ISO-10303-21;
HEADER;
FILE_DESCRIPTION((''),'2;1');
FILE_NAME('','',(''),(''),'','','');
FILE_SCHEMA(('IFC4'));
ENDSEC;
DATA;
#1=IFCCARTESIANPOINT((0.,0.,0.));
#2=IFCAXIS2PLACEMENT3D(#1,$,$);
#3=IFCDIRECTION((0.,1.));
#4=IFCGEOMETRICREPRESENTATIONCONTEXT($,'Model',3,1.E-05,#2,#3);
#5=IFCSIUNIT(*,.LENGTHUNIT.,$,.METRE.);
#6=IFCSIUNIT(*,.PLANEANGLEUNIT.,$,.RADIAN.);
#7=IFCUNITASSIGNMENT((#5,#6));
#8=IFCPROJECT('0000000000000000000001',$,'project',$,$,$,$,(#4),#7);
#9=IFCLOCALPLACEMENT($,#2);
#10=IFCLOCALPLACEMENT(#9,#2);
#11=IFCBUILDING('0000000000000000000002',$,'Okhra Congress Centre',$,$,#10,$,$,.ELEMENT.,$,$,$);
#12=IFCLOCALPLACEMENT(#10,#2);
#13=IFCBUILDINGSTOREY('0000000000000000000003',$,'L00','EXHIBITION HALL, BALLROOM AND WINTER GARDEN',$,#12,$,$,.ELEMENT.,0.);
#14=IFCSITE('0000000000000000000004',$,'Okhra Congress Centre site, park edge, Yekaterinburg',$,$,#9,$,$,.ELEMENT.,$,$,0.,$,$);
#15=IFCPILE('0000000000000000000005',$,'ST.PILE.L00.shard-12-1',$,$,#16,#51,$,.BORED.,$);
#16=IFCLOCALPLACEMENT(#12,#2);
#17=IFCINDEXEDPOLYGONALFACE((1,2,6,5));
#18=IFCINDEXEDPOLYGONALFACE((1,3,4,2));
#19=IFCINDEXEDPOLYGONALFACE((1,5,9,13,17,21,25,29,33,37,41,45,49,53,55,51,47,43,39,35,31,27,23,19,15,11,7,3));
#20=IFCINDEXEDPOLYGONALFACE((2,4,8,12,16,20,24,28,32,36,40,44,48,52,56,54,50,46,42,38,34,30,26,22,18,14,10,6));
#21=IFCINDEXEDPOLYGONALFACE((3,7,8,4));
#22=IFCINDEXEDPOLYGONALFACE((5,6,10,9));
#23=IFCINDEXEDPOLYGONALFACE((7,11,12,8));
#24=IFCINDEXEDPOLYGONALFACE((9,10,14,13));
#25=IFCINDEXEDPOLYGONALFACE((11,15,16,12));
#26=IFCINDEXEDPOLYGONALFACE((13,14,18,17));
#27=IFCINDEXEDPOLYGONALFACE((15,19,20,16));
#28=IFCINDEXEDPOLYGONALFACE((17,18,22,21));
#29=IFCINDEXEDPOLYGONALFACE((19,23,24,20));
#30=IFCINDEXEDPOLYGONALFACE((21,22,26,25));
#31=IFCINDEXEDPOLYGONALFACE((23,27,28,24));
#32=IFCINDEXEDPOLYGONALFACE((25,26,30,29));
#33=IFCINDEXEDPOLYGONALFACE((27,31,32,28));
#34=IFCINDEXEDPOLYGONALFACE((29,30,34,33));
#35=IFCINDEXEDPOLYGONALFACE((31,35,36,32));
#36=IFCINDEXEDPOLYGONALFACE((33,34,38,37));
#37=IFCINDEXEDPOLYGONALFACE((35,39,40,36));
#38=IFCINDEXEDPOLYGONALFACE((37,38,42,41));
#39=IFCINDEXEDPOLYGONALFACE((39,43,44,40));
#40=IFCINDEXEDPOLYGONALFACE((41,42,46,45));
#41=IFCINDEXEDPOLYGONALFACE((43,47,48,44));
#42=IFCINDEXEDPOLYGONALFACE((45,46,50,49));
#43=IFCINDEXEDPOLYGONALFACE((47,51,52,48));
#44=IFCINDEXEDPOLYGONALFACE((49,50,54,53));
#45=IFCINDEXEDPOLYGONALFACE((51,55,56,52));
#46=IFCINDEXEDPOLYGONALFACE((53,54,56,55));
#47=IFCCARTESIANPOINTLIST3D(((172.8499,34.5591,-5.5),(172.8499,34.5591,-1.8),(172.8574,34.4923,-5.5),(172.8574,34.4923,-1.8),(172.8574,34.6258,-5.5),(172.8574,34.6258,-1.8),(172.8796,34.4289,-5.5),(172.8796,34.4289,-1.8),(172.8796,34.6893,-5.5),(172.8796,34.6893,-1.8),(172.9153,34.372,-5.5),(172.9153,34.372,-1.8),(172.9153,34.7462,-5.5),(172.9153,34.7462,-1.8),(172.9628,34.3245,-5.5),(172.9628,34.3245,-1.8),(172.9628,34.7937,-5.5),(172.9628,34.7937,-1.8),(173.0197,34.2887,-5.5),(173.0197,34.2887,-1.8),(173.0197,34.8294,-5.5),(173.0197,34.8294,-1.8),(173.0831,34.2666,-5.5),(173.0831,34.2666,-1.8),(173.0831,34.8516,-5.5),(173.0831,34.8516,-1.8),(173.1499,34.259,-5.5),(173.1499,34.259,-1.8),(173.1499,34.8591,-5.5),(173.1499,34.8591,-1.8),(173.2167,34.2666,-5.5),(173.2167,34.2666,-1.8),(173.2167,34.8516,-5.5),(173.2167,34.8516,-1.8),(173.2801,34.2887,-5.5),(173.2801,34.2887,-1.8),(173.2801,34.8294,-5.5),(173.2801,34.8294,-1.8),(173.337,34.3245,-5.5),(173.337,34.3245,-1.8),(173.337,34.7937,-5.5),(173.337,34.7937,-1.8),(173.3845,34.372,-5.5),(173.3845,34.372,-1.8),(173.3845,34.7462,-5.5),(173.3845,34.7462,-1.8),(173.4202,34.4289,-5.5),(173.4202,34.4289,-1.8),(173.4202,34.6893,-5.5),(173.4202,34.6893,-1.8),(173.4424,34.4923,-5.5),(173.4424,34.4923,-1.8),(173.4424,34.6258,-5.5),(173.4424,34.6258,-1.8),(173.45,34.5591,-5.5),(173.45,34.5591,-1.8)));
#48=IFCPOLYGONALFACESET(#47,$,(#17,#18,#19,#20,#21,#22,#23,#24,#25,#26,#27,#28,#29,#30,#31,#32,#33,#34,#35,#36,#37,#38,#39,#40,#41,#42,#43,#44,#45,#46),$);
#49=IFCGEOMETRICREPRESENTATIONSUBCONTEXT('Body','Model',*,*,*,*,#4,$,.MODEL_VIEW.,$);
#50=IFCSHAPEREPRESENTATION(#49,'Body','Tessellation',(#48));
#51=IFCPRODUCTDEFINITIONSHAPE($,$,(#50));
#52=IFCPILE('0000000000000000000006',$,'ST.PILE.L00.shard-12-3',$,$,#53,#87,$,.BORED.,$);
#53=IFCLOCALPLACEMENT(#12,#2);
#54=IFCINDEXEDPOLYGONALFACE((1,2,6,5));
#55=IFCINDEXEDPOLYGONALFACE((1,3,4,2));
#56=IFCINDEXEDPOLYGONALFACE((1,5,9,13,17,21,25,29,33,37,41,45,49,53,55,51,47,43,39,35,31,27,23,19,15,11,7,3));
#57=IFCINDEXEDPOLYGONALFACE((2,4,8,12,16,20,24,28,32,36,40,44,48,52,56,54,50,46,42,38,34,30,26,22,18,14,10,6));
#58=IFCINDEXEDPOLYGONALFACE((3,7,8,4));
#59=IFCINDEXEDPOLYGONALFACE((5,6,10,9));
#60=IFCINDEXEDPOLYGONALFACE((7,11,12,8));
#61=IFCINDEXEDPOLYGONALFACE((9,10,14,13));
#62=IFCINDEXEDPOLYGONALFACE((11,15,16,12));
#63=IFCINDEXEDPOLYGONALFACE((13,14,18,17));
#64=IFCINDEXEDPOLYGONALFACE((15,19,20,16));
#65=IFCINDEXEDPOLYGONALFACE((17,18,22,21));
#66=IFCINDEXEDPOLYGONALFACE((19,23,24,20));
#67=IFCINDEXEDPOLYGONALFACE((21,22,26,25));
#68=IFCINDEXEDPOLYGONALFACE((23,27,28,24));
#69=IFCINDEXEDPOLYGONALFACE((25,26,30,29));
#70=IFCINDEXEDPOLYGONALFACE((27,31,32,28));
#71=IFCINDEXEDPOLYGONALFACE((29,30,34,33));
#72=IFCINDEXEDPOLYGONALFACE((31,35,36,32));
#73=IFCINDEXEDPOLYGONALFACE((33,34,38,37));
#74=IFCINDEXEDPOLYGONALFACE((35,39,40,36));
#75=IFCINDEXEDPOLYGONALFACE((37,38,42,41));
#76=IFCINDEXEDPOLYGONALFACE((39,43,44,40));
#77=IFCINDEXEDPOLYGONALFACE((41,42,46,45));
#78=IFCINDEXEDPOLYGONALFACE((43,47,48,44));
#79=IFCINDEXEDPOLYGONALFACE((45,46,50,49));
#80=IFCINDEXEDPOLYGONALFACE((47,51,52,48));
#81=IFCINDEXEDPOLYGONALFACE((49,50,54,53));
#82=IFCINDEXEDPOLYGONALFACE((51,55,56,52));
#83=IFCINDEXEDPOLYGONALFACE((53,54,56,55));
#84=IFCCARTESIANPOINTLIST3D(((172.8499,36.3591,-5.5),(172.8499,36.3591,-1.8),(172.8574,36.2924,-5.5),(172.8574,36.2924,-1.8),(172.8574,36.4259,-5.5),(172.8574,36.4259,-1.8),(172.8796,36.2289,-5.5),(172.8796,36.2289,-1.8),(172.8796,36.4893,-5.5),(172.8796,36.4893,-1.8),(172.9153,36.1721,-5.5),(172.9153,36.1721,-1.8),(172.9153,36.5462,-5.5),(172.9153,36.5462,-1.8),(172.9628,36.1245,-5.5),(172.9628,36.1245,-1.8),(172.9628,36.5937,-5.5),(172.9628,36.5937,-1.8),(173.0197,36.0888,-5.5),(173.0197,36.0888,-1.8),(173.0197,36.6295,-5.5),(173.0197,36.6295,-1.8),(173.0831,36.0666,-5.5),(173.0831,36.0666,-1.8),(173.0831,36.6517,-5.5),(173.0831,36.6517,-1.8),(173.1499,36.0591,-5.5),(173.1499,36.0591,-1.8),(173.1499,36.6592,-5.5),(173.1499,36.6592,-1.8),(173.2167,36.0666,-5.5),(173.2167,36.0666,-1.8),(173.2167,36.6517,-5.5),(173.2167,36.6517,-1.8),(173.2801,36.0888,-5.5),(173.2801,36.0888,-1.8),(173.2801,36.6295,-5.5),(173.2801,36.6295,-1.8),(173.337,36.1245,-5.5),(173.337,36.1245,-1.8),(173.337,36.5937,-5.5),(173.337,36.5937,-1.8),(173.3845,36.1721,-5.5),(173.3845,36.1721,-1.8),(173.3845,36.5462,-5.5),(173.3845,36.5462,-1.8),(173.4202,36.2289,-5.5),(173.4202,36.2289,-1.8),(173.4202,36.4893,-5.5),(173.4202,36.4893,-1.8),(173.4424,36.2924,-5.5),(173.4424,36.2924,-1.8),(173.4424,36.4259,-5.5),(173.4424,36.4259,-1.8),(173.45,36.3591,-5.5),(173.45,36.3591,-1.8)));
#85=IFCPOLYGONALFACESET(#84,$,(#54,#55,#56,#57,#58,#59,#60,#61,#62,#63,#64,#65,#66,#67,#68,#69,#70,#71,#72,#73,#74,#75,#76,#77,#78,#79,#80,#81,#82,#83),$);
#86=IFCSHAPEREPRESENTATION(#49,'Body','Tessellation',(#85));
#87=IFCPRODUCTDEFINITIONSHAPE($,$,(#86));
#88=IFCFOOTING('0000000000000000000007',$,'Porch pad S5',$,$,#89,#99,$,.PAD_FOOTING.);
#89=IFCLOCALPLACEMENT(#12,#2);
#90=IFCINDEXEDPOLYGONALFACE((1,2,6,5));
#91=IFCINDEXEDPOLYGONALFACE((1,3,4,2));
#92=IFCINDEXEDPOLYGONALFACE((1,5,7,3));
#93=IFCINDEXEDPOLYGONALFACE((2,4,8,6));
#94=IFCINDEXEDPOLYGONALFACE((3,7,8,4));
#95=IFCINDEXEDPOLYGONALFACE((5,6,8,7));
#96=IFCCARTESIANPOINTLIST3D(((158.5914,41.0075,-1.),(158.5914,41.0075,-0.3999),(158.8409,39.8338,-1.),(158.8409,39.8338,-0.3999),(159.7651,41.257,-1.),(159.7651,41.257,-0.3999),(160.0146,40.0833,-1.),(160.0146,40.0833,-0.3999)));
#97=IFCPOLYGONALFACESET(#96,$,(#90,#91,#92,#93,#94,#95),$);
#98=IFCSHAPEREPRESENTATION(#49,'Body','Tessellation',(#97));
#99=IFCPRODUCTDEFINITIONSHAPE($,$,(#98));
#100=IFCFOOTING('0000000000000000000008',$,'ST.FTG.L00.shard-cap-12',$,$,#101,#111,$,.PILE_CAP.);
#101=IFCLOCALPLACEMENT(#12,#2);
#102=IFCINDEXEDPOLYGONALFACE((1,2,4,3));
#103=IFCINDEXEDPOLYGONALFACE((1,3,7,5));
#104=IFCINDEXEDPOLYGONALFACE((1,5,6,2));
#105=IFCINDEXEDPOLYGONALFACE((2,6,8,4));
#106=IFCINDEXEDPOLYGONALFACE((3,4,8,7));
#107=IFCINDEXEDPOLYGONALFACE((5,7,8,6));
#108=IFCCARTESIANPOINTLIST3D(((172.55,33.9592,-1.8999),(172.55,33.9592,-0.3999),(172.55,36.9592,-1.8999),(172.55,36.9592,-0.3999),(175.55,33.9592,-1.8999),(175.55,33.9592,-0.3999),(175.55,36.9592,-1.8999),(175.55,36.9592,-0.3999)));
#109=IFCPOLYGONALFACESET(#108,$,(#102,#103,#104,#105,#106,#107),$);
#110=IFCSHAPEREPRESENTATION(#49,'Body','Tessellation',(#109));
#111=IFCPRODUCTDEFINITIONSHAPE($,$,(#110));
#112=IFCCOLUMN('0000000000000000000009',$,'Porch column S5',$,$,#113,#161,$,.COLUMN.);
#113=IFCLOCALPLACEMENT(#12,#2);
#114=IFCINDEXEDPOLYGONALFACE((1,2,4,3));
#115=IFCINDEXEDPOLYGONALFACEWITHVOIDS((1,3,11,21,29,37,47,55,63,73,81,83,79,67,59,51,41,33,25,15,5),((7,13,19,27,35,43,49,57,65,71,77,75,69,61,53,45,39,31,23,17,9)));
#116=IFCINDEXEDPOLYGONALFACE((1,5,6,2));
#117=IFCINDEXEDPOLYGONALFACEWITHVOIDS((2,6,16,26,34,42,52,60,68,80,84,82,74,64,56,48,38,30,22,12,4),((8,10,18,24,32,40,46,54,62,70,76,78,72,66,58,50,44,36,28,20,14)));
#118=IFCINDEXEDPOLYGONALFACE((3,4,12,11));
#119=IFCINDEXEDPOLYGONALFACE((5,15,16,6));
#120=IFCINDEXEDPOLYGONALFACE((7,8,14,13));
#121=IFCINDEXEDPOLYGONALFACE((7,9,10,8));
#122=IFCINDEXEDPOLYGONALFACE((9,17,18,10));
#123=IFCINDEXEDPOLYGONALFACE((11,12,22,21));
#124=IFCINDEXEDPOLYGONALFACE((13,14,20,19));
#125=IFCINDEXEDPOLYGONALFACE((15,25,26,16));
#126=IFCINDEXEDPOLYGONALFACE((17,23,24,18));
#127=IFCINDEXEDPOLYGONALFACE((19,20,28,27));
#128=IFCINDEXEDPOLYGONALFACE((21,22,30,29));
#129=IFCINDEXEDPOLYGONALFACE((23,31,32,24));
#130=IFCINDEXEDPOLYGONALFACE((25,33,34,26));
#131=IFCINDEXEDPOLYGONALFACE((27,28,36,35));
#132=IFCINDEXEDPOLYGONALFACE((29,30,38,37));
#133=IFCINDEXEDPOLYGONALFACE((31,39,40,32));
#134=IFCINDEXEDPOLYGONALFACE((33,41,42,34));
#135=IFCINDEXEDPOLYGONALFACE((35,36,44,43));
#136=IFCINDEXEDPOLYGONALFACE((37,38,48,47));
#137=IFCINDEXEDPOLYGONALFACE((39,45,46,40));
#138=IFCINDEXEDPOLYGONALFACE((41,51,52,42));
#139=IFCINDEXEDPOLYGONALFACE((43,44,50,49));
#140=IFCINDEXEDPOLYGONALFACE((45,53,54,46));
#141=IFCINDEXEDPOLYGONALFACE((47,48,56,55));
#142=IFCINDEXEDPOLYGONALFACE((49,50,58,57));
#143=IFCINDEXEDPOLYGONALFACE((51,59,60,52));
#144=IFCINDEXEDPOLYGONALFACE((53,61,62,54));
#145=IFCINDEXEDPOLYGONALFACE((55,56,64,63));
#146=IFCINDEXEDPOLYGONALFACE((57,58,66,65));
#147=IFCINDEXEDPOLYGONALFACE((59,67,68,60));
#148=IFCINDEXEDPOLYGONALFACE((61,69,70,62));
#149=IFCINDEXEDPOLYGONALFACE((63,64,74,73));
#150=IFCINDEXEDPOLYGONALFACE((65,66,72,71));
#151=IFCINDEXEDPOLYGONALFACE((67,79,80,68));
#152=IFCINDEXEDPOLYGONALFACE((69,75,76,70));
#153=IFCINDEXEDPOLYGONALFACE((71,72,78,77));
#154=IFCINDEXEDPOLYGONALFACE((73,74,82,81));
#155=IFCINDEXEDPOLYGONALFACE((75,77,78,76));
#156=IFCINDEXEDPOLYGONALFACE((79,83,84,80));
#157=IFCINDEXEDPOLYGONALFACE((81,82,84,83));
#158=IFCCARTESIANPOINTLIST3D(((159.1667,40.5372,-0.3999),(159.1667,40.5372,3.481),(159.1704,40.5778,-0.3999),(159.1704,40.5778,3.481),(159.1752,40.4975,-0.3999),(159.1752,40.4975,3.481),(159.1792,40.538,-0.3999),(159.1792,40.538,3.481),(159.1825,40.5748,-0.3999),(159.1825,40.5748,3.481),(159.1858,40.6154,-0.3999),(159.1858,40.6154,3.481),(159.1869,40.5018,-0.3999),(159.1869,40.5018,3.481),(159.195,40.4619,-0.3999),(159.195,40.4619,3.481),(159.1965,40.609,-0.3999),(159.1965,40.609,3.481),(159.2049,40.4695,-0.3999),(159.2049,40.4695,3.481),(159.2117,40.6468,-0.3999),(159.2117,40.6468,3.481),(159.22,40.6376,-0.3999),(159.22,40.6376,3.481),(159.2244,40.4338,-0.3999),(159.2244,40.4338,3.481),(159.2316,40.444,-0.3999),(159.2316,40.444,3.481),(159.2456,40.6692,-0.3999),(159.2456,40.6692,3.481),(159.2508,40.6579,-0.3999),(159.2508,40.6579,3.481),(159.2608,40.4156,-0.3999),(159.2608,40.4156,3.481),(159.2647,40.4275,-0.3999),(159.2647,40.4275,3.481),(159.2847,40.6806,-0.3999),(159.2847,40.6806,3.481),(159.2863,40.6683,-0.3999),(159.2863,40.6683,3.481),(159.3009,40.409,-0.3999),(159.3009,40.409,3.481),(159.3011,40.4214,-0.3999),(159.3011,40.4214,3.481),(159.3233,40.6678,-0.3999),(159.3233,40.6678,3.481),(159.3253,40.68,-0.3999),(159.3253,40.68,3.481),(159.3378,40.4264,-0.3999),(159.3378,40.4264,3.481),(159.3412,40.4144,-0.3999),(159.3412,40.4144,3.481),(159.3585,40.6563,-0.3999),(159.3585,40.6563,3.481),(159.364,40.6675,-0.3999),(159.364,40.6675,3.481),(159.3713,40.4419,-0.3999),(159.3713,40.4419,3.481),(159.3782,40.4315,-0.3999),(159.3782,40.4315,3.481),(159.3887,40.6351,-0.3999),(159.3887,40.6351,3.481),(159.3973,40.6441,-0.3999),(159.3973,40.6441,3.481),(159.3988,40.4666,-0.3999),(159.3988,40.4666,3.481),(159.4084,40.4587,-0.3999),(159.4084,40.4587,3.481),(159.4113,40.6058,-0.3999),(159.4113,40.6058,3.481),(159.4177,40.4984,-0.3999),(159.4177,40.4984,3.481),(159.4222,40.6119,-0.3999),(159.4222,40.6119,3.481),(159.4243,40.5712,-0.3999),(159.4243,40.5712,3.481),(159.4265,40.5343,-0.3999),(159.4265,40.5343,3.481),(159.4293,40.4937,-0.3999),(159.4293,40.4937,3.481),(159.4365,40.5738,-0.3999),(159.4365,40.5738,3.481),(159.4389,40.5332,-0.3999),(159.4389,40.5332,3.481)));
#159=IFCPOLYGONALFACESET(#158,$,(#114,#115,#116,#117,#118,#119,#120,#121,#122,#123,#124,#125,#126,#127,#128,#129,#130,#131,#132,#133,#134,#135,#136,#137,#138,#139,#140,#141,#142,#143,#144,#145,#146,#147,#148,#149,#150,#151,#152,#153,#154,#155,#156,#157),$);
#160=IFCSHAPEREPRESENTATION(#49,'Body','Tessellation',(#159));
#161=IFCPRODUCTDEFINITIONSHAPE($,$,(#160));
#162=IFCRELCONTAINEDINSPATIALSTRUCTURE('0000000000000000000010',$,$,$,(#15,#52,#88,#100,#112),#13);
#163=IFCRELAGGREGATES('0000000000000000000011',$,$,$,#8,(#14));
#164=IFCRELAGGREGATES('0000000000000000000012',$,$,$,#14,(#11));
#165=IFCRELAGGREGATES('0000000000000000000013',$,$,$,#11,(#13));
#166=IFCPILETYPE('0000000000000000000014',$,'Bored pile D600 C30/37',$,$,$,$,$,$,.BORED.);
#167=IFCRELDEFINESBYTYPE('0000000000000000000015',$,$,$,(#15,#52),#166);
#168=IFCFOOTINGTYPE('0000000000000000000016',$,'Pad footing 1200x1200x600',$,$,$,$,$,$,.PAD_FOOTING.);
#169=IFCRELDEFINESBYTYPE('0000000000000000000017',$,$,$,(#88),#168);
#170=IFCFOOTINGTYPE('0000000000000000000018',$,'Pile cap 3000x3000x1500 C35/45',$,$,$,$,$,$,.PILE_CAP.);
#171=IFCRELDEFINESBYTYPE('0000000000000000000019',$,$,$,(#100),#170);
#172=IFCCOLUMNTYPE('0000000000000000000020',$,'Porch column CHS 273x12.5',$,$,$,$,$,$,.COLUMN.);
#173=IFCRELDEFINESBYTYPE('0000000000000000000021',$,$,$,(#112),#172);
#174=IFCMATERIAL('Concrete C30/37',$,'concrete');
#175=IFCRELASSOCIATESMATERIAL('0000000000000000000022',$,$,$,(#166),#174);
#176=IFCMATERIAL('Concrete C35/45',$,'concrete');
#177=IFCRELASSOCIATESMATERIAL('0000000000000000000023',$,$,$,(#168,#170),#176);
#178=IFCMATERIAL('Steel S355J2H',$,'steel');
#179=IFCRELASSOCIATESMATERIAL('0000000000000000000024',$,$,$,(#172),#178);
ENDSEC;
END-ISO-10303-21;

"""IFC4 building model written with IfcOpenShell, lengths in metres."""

from ifc_helpers import new_model, si_unit, direction, frame, origin, origin_2d, place, context, subcontext, project, spatial, rectangle, circle, hollow_circle, extrude, material, material_profile, profile_set, type_object, element, save


model = new_model("IFC4")

# Units and contexts
model_context = context("Model", 3, precision=1e-05, world=origin(), true_north=direction((0.0, 1.0)))
body_context = subcontext(model_context, "Body", "Model", "MODEL_VIEW")
ifc_project = project(units=[si_unit("LENGTHUNIT", "METRE"), si_unit("PLANEANGLEUNIT", "RADIAN")], contexts=[model_context])

# Site, building, storey
site_placement = place(None, origin())
site = spatial("IfcSite", under=ifc_project, at=site_placement, Name="Okhra Congress Centre site, park edge, Yekaterinburg", CompositionType="ELEMENT", RefElevation=0.0)
building_placement = place(site_placement, origin())
building = spatial("IfcBuilding", under=site, at=building_placement, Name="Okhra Congress Centre", CompositionType="ELEMENT")
storey_placement = place(building_placement, origin())
storey = spatial("IfcBuildingStorey", under=building, at=storey_placement, Name="L00", Description="EXHIBITION HALL, BALLROOM AND WINTER GARDEN", CompositionType="ELEMENT", Elevation=0.0)

# Piles
ifc_material_1 = material(Name="Concrete C30/37", Category="concrete")
ifc_material_profile_1 = material_profile(ifc_material_1, circle(Radius=0.3, at=origin_2d()), Name="D600")
ifc_profile_set_1 = profile_set([ifc_material_profile_1], Name="Concrete C30/37")
pile_type = type_object("IfcPileType", Name="Bored pile D600 C30/37", PredefinedType="BORED", material=ifc_profile_set_1)
for number, where, z_axis, x_axis, name in (
    (1, (173.1499, 34.5591, -1.8), (0.0, 0.0, -1.0), (1.0, 0.0, 0.0), "ST.PILE.L00.shard-12-1"),
    (2, (173.1499, 36.3591, -1.8), (0.0, 0.0, -1.0), (1.0, 0.0, 0.0), "ST.PILE.L00.shard-12-3"),
):
    element("IfcPile", number, at=place(storey_placement, frame(where, z_axis=z_axis, x_axis=x_axis)), inside=storey, type_object=pile_type, Name=name, PredefinedType="BORED", context=body_context, shape_type="SweptSolid", body=[
        extrude(circle(Radius=0.3, at=origin_2d()), origin(), (0.0, 0.0, 1.0), 3.7),
    ])

# Footings
ifc_material_2 = material(Name="Concrete C35/45", Category="concrete")
footing_type_1 = type_object("IfcFootingType", Name="Pad footing 1200x1200x600", PredefinedType="PAD_FOOTING", material=ifc_material_2)
footing_1_placement = place(storey_placement, frame((159.303, 40.5454, -1.0), z_axis=(0.0, 0.0, 1.0), x_axis=(0.978148, 0.207912, 0.0)))
element("IfcFooting", 3, at=footing_1_placement, inside=storey, type_object=footing_type_1, Name="Porch pad S5", PredefinedType="PAD_FOOTING", context=body_context, shape_type="SweptSolid", body=[
    extrude(rectangle(XDim=1.2, YDim=1.2, at=origin_2d()), origin(), (0.0, 0.0, 1.0), 0.6001),
])
footing_type_2 = type_object("IfcFootingType", Name="Pile cap 3000x3000x1500 C35/45", PredefinedType="PILE_CAP", material=ifc_material_2)
footing_2_placement = place(storey_placement, frame((174.05, 35.4592, -1.8999), z_axis=(0.0, 0.0, 1.0), x_axis=(1.0, 0.0, 0.0)))
element("IfcFooting", 4, at=footing_2_placement, inside=storey, type_object=footing_type_2, Name="ST.FTG.L00.shard-cap-12", PredefinedType="PILE_CAP", context=body_context, shape_type="SweptSolid", body=[
    extrude(rectangle(XDim=3.0, YDim=3.0, at=origin_2d()), origin(), (0.0, 0.0, 1.0), 1.5),
])

# Column
ifc_material_3 = material(Name="Steel S355J2H", Category="steel")
ifc_material_profile_2 = material_profile(ifc_material_3, hollow_circle(Radius=0.1365, WallThickness=0.0125, at=origin_2d()), Name="CHS 273x12.5")
ifc_profile_set_2 = profile_set([ifc_material_profile_2], Name="Steel S355J2H")
column_type_1 = type_object("IfcColumnType", Name="Porch column CHS 273x12.5", PredefinedType="COLUMN", material=ifc_profile_set_2)
column_1_placement = place(storey_placement, frame((159.303, 40.5454, -0.3999), z_axis=(0.0, 0.0, 1.0), x_axis=(0.978148, 0.207912, 0.0)))
element("IfcColumn", 5, at=column_1_placement, inside=storey, type_object=column_type_1, Name="Porch column S5", PredefinedType="COLUMN", context=body_context, shape_type="SweptSolid", body=[
    extrude(hollow_circle(Radius=0.1365, WallThickness=0.0125, at=origin_2d()), origin(), (0.0, 0.0, 1.0), 3.8809),
])

save(model, "model.ifc")
